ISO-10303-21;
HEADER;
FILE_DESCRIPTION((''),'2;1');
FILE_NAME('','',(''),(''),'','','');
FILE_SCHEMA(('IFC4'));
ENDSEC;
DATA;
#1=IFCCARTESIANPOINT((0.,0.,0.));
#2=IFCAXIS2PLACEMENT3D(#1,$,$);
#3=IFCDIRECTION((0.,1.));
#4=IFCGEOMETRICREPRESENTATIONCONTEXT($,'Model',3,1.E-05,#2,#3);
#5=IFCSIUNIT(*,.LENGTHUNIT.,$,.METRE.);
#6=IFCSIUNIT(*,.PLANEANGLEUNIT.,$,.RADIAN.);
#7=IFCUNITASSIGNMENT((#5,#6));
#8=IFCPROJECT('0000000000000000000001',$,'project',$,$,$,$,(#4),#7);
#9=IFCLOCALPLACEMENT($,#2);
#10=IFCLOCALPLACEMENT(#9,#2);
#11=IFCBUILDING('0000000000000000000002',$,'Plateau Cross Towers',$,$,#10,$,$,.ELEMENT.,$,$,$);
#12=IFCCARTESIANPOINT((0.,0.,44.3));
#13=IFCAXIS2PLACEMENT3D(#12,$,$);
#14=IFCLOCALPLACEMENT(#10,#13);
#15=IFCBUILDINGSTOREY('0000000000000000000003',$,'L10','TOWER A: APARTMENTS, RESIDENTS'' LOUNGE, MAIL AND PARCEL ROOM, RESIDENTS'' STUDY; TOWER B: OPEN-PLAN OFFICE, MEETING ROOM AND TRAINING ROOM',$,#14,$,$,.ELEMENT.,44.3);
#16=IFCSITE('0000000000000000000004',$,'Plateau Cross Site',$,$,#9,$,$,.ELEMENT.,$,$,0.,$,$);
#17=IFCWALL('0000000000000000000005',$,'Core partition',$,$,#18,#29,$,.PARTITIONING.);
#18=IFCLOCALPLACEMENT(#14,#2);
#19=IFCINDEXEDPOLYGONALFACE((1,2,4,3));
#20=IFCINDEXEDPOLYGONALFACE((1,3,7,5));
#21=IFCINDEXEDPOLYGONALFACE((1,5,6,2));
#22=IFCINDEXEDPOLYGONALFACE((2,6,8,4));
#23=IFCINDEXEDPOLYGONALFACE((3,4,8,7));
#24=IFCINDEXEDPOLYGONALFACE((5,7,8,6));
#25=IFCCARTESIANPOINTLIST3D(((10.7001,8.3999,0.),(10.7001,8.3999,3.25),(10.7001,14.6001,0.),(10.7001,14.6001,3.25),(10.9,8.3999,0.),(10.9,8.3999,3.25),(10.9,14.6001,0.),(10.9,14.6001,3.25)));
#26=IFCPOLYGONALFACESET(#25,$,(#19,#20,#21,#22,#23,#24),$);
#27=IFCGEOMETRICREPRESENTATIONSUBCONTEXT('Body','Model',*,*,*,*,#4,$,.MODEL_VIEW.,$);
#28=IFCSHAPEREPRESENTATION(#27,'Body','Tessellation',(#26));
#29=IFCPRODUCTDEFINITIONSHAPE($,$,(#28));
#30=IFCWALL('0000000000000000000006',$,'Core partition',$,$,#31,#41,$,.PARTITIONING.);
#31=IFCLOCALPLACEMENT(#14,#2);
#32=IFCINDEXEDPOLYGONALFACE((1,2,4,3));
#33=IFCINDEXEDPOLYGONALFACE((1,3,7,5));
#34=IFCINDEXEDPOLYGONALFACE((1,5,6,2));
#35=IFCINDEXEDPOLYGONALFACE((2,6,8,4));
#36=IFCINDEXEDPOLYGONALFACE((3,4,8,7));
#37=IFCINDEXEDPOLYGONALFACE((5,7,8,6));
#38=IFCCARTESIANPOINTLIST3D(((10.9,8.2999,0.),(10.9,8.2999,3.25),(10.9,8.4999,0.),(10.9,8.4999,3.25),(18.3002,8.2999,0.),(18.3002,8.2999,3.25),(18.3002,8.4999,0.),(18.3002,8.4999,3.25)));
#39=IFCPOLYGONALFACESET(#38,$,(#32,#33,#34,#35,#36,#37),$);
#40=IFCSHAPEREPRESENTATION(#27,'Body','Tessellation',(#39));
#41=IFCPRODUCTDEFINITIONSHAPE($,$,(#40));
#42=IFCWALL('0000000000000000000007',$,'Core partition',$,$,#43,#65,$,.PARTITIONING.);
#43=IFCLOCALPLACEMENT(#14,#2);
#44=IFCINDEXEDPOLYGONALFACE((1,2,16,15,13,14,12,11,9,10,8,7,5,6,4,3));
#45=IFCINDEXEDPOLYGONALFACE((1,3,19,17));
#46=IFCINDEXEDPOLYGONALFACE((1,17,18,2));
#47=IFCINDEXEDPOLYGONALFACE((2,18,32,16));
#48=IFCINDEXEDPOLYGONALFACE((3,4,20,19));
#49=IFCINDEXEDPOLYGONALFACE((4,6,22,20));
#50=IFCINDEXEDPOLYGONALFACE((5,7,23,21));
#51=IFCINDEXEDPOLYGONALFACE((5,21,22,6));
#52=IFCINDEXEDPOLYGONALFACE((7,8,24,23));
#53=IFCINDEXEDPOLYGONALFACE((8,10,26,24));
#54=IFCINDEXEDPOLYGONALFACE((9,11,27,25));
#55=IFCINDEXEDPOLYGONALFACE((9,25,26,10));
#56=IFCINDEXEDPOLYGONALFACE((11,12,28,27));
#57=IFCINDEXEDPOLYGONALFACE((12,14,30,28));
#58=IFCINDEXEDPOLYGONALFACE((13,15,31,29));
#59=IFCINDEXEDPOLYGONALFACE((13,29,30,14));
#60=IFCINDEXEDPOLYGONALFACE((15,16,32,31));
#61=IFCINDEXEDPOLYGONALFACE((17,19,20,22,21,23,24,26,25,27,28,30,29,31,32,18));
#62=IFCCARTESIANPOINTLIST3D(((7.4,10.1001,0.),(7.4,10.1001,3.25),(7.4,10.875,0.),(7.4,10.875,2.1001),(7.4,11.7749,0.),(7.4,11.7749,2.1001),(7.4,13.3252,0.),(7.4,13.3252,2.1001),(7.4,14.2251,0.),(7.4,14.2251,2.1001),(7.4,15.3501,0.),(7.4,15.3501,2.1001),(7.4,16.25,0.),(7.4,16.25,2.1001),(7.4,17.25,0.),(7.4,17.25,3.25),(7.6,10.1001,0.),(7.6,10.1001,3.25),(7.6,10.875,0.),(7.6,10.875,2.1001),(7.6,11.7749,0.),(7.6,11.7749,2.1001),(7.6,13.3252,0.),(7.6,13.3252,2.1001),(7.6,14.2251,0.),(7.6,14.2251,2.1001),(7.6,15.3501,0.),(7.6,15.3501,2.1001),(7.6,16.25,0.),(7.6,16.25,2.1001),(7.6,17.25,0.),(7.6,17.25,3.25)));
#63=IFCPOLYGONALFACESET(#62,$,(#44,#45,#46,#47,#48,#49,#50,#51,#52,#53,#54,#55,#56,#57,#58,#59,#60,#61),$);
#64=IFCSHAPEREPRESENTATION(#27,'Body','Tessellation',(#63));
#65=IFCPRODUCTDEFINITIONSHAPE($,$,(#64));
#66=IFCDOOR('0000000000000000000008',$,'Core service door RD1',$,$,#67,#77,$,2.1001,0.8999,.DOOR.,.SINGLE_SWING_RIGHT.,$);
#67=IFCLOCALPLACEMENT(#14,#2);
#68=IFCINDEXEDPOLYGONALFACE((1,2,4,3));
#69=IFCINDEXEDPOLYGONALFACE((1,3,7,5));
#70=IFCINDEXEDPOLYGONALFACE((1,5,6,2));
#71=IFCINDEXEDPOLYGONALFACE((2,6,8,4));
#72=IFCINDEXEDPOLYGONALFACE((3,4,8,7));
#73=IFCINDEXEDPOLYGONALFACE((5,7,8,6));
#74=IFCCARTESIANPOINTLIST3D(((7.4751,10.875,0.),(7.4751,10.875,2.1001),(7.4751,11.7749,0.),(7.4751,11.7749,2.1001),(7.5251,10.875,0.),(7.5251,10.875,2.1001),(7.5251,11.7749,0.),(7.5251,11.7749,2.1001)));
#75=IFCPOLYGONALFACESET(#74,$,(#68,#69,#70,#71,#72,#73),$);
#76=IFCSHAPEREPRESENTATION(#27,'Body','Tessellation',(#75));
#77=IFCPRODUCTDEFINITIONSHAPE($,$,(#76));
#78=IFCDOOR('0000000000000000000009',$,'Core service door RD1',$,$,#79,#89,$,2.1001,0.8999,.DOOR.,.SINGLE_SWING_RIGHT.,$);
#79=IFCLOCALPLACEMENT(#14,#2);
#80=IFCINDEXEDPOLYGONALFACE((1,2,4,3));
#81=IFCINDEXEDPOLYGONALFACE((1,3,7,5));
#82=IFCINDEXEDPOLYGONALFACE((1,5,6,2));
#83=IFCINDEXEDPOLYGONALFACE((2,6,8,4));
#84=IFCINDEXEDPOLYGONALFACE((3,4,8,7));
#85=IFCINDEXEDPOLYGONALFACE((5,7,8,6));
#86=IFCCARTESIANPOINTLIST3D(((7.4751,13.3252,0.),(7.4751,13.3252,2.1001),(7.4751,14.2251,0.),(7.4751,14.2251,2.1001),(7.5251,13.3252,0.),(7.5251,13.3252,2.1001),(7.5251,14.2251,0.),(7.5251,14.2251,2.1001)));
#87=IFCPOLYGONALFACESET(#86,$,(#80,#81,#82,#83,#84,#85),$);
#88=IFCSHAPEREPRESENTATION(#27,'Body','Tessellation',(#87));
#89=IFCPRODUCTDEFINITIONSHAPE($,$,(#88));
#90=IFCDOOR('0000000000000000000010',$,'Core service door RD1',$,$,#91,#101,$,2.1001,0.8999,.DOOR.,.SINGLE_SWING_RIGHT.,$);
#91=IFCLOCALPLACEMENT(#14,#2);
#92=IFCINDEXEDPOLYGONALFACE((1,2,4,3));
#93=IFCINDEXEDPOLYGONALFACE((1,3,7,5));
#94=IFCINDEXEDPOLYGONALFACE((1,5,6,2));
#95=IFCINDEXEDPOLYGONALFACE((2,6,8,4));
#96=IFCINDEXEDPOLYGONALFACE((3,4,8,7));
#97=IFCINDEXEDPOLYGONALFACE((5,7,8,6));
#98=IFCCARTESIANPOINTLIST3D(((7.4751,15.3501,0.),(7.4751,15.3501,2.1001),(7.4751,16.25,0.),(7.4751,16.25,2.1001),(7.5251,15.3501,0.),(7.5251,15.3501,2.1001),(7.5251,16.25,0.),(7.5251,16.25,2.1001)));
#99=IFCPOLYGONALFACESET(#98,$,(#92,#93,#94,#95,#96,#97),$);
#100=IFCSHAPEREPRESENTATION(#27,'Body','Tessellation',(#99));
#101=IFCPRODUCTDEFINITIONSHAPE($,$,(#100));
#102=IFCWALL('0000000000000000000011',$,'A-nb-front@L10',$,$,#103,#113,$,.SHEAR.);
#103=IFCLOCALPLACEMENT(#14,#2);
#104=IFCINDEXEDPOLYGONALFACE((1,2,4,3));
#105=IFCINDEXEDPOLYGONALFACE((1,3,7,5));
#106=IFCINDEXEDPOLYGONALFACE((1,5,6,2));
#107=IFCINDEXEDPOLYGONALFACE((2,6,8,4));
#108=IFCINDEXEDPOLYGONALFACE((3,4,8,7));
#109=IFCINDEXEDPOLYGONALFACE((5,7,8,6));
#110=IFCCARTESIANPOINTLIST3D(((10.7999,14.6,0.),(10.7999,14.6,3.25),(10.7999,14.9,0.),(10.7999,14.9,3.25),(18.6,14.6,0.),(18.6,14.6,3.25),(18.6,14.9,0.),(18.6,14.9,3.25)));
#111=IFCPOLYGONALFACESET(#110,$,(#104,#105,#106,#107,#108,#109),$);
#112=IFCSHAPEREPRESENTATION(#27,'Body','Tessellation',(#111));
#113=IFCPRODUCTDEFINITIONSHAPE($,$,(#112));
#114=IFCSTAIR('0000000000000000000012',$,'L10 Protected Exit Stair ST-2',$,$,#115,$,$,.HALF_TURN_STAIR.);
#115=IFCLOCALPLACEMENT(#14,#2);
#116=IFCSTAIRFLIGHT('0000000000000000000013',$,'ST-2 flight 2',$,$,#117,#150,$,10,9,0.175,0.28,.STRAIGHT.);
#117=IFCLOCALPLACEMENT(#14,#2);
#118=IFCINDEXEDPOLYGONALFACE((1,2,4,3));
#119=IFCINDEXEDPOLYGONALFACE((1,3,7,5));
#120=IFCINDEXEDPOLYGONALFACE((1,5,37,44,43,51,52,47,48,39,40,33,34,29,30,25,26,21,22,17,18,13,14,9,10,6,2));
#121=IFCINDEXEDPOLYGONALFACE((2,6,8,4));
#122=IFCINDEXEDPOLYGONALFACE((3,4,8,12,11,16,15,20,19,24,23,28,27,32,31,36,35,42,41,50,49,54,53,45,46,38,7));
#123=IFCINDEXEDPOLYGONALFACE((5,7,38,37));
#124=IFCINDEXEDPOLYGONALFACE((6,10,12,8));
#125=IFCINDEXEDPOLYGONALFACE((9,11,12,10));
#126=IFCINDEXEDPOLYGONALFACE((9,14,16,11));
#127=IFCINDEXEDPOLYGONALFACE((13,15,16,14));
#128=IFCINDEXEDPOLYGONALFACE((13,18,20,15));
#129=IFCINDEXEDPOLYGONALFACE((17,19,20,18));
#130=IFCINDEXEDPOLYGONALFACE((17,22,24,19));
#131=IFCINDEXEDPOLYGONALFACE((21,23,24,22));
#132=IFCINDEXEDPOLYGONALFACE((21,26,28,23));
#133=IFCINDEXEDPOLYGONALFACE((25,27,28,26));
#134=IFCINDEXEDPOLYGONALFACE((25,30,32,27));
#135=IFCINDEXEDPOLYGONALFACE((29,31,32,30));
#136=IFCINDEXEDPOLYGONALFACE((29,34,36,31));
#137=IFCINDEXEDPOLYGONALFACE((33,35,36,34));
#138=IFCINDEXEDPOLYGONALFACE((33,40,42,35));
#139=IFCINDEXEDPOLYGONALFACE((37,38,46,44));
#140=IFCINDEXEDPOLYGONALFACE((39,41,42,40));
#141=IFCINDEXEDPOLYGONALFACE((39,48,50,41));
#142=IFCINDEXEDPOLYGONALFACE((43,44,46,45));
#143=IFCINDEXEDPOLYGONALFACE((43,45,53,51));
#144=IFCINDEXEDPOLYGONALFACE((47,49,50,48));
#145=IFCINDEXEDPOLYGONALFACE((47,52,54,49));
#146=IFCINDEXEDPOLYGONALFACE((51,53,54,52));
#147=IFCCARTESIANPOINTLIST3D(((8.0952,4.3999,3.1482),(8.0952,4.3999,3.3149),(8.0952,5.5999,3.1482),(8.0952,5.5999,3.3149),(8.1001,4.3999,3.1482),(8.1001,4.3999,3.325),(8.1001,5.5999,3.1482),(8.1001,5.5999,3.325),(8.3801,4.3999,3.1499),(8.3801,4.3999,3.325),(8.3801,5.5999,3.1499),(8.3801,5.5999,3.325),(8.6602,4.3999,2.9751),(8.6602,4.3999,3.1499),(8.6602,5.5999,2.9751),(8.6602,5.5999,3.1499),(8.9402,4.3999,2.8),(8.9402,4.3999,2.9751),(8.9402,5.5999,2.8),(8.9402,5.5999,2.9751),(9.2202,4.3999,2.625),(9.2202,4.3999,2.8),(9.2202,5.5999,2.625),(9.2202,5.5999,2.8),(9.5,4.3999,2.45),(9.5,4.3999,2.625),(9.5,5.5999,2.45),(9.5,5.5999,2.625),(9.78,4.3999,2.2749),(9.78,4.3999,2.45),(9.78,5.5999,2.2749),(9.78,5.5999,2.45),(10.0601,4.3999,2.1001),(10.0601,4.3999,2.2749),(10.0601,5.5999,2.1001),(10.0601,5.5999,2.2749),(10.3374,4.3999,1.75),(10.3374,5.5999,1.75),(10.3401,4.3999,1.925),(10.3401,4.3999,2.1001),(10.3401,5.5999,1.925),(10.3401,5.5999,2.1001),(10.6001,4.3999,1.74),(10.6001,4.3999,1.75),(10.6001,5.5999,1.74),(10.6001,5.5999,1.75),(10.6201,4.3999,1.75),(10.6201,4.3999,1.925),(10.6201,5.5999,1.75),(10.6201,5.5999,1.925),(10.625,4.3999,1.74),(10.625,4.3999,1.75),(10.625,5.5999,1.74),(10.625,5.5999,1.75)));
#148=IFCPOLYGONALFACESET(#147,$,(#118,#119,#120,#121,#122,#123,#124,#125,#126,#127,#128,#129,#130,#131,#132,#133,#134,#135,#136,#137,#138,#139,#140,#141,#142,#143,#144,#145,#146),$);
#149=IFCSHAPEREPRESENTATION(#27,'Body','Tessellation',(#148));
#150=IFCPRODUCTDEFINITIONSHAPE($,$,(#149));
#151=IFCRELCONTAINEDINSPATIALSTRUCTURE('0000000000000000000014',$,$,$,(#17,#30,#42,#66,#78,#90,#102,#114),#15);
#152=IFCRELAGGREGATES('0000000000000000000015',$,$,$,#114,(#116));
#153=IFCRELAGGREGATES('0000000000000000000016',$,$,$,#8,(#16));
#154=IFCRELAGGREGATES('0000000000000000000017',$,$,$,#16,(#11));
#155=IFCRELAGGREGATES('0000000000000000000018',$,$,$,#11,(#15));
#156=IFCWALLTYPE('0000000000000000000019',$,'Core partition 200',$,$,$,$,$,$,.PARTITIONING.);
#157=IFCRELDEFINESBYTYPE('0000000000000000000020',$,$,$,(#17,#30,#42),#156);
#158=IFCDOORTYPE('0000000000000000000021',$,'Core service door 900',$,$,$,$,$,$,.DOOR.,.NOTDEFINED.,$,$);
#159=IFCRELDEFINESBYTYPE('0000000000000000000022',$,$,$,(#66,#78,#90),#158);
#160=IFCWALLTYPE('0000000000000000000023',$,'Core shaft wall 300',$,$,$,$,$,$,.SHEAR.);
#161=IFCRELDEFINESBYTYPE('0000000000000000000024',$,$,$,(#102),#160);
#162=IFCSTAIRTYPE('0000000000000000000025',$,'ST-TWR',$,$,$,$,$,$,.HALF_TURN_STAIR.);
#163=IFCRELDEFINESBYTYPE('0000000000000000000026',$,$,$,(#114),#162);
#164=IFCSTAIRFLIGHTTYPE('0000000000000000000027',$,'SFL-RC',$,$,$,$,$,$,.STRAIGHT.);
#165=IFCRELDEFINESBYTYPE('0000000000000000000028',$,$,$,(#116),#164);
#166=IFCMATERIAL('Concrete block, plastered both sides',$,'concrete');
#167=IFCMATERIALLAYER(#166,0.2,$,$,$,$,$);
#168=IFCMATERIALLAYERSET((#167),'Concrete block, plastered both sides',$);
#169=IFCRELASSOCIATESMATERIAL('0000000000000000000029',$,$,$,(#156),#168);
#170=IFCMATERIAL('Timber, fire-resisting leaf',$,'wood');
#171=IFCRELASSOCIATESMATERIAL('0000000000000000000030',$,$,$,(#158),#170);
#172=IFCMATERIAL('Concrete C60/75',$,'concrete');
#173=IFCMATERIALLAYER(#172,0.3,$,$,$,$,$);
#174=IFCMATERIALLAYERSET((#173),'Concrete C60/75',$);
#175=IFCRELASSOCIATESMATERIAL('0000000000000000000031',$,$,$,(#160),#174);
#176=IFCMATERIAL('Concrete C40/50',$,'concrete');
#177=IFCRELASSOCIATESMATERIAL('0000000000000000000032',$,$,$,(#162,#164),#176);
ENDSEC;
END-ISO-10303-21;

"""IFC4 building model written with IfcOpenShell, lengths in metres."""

from ifc_helpers import new_model, si_unit, direction, frame, frame_2d, origin, place, context, subcontext, project, spatial, polyline, rectangle, outline, extrude, material, layer, layer_set, type_object, element, fill, aggregate, save


model = new_model("IFC4")

# Units and contexts
model_context = context("Model", 3, precision=1e-05, world=origin(), true_north=direction((0.0, 1.0)))
body_context = subcontext(model_context, "Body", "Model", "MODEL_VIEW")
ifc_project = project(units=[si_unit("LENGTHUNIT", "METRE"), si_unit("PLANEANGLEUNIT", "RADIAN")], contexts=[model_context])

# Site, building, storey
site_placement = place(None, origin())
site = spatial("IfcSite", under=ifc_project, at=site_placement, Name="Plateau Cross Site", CompositionType="ELEMENT", RefElevation=0.0)
building_placement = place(site_placement, origin())
building = spatial("IfcBuilding", under=site, at=building_placement, Name="Plateau Cross Towers", CompositionType="ELEMENT")
storey_placement = place(building_placement, frame((0.0, 0.0, 44.3)))
storey = spatial("IfcBuildingStorey", under=building, at=storey_placement, Name="L10", Description="TOWER A: APARTMENTS, RESIDENTS' LOUNGE, MAIL AND PARCEL ROOM, RESIDENTS' STUDY; TOWER B: OPEN-PLAN OFFICE, MEETING ROOM AND TRAINING ROOM", CompositionType="ELEMENT", Elevation=44.3)

# Walls
ifc_material_1 = material(Name="Concrete block, plastered both sides", Category="concrete")
ifc_layer_1 = layer(ifc_material_1, 0.2)
ifc_layer_set_1 = layer_set([ifc_layer_1], Name="Concrete block, plastered both sides")
wall_type_1 = type_object("IfcWallType", Name="Core partition 200", PredefinedType="PARTITIONING", material=ifc_layer_set_1)
wall_1_placement = place(storey_placement, frame((10.8, 8.3999, 0.0), z_axis=(0.0, 0.0, 1.0), x_axis=(0.0, 1.0, 0.0)))
element("IfcWall", 1, at=wall_1_placement, inside=storey, type_object=wall_type_1, Name="Core partition", PredefinedType="PARTITIONING", context=body_context, shape_type="SweptSolid", body=[
    extrude(rectangle(XDim=6.2002, YDim=0.2, at=frame_2d((3.1001, 0.0))), origin(), (0.0, 0.0, 1.0), 3.25),
])
wall_2_placement = place(storey_placement, frame((10.8999, 8.3999, 0.0), z_axis=(0.0, 0.0, 1.0), x_axis=(1.0, 0.0, 0.0)))
element("IfcWall", 2, at=wall_2_placement, inside=storey, type_object=wall_type_1, Name="Core partition", PredefinedType="PARTITIONING", context=body_context, shape_type="SweptSolid", body=[
    extrude(rectangle(XDim=7.4001, YDim=0.2, at=frame_2d((3.7002, 0.0))), origin(), (0.0, 0.0, 1.0), 3.25),
])

# Wall, openings, doors
wall_3_placement = place(storey_placement, frame((7.5, 10.1001, 0.0), z_axis=(0.0, 0.0, 1.0), x_axis=(0.0, 1.0, 0.0)))
wall_3 = element("IfcWall", 3, at=wall_3_placement, inside=storey, type_object=wall_type_1, Name="Core partition", PredefinedType="PARTITIONING", context=body_context, shape_type="SweptSolid", body=[
    extrude(rectangle(XDim=7.1499, YDim=0.2, at=frame_2d((3.575, 0.0))), origin(), (0.0, 0.0, 1.0), 3.25),
])
opening_1_placement = place(wall_3_placement, frame((0.7749, 0.0, 0.0)))
opening_1 = element("IfcOpeningElement", 4, at=opening_1_placement, cuts=wall_3, PredefinedType="OPENING", context=body_context, shape_type="SweptSolid", body=[
    extrude(rectangle(XDim=0.8999, YDim=2.1001, at=frame_2d((0.45, 1.05))), frame((0.0, 0.1099, 0.0), z_axis=(0.0, -1.0, 0.0), x_axis=(1.0, 0.0, 0.0)), (0.0, 0.0, 1.0), 0.22),
])
opening_2_placement = place(wall_3_placement, frame((3.2251, 0.0, 0.0)))
opening_2 = element("IfcOpeningElement", 5, at=opening_2_placement, cuts=wall_3, PredefinedType="OPENING", context=body_context, shape_type="SweptSolid", body=[
    extrude(rectangle(XDim=0.8999, YDim=2.1001, at=frame_2d((0.45, 1.05))), frame((0.0, 0.1099, 0.0), z_axis=(0.0, -1.0, 0.0), x_axis=(1.0, 0.0, 0.0)), (0.0, 0.0, 1.0), 0.22),
])
opening_3_placement = place(wall_3_placement, frame((5.25, 0.0, 0.0)))
opening_3 = element("IfcOpeningElement", 6, at=opening_3_placement, cuts=wall_3, PredefinedType="OPENING", context=body_context, shape_type="SweptSolid", body=[
    extrude(rectangle(XDim=0.8999, YDim=2.1001, at=frame_2d((0.45, 1.05))), frame((0.0, 0.1099, 0.0), z_axis=(0.0, -1.0, 0.0), x_axis=(1.0, 0.0, 0.0)), (0.0, 0.0, 1.0), 0.22),
])
ifc_material_2 = material(Name="Timber, fire-resisting leaf", Category="wood")
door_type = type_object("IfcDoorType", Name="Core service door 900", OperationType="NOTDEFINED", PredefinedType="DOOR", material=ifc_material_2)
door_1_placement = place(opening_1_placement, origin())
door_1 = element("IfcDoor", 7, at=door_1_placement, inside=storey, type_object=door_type, Name="Core service door RD1", OperationType="SINGLE_SWING_RIGHT", OverallHeight=2.1001, OverallWidth=0.8999, PredefinedType="DOOR", context=body_context, shape_type="SweptSolid", body=[
    extrude(rectangle(XDim=0.8999, YDim=2.1001, at=frame_2d((0.45, 1.05))), frame((0.0, 0.0249, 0.0), z_axis=(0.0, -1.0, 0.0), x_axis=(1.0, 0.0, 0.0)), (0.0, 0.0, 1.0), 0.05),
])
fill(opening_1, door_1)
door_2_placement = place(opening_2_placement, origin())
door_2 = element("IfcDoor", 8, at=door_2_placement, inside=storey, type_object=door_type, Name="Core service door RD1", OperationType="SINGLE_SWING_RIGHT", OverallHeight=2.1001, OverallWidth=0.8999, PredefinedType="DOOR", context=body_context, shape_type="SweptSolid", body=[
    extrude(rectangle(XDim=0.8999, YDim=2.1001, at=frame_2d((0.45, 1.05))), frame((0.0, 0.0249, 0.0), z_axis=(0.0, -1.0, 0.0), x_axis=(1.0, 0.0, 0.0)), (0.0, 0.0, 1.0), 0.05),
])
fill(opening_2, door_2)
door_3_placement = place(opening_3_placement, origin())
door_3 = element("IfcDoor", 9, at=door_3_placement, inside=storey, type_object=door_type, Name="Core service door RD1", OperationType="SINGLE_SWING_RIGHT", OverallHeight=2.1001, OverallWidth=0.8999, PredefinedType="DOOR", context=body_context, shape_type="SweptSolid", body=[
    extrude(rectangle(XDim=0.8999, YDim=2.1001, at=frame_2d((0.45, 1.05))), frame((0.0, 0.0249, 0.0), z_axis=(0.0, -1.0, 0.0), x_axis=(1.0, 0.0, 0.0)), (0.0, 0.0, 1.0), 0.05),
])
fill(opening_3, door_3)

# Wall
ifc_material_3 = material(Name="Concrete C60/75", Category="concrete")
ifc_layer_2 = layer(ifc_material_3, 0.3)
ifc_layer_set_2 = layer_set([ifc_layer_2], Name="Concrete C60/75")
wall_type_2 = type_object("IfcWallType", Name="Core shaft wall 300", PredefinedType="SHEAR", material=ifc_layer_set_2)
wall_4_placement = place(storey_placement, frame((10.8, 14.75, 0.0), z_axis=(0.0, 0.0, 1.0), x_axis=(1.0, 0.0, 0.0)))
element("IfcWall", 10, at=wall_4_placement, inside=storey, type_object=wall_type_2, Name="A-nb-front@L10", PredefinedType="SHEAR", context=body_context, shape_type="SweptSolid", body=[
    extrude(rectangle(XDim=7.8, YDim=0.3, at=frame_2d((3.8999, 0.0))), origin(), (0.0, 0.0, 1.0), 3.25),
])

# Stair, stair flight
ifc_material_4 = material(Name="Concrete C40/50", Category="concrete")
stair_type = type_object("IfcStairType", Name="ST-TWR", PredefinedType="HALF_TURN_STAIR", material=ifc_material_4)
stair_placement = place(storey_placement, origin())
stair = element("IfcStair", 11, at=stair_placement, inside=storey, type_object=stair_type, Name="L10 Protected Exit Stair ST-2", PredefinedType="HALF_TURN_STAIR")
stair_flight_type = type_object("IfcStairFlightType", Name="SFL-RC", PredefinedType="STRAIGHT", material=ifc_material_4)
stair_flight_placement = place(storey_placement, frame((10.6201, 5.0, 1.75), z_axis=(0.0, 0.0, 1.0), x_axis=(-1.0, 0.0, 0.0)))
stair_flight = element("IfcStairFlight", 12, at=stair_flight_placement, type_object=stair_flight_type, Name="ST-2 flight 2", NumberOfRisers=10, NumberOfTreads=9, PredefinedType="STRAIGHT", RiserHeight=0.175, TreadLength=0.28, context=body_context, shape_type="SweptSolid", body=[
    extrude(outline(polyline([(-0.0049, -0.01), (-0.0049, 0.0), (0.0, 0.0), (0.0, 0.175), (0.28, 0.175), (0.28, 0.3501), (0.5601, 0.3501), (0.5601, 0.5249), (0.8401, 0.5249), (0.8401, 0.7), (1.1201, 0.7), (1.1201, 0.875), (1.3999, 0.875), (1.3999, 1.05), (1.6799, 1.05), (1.6799, 1.2251), (1.96, 1.2251), (1.96, 1.3999), (2.24, 1.3999), (2.24, 1.575), (2.52, 1.575), (2.5249, 1.5649), (2.5249, 1.3982), (2.52, 1.3982), (0.2827, 0.0), (0.02, 0.0), (0.02, -0.01), (-0.0049, -0.01)])), frame((0.0, 0.6001, 0.0), z_axis=(0.0, -1.0, 0.0), x_axis=(1.0, 0.0, 0.0)), (0.0, 0.0, 1.0), 1.2),
])
aggregate(stair, [stair_flight])

save(model, "model.ifc")
